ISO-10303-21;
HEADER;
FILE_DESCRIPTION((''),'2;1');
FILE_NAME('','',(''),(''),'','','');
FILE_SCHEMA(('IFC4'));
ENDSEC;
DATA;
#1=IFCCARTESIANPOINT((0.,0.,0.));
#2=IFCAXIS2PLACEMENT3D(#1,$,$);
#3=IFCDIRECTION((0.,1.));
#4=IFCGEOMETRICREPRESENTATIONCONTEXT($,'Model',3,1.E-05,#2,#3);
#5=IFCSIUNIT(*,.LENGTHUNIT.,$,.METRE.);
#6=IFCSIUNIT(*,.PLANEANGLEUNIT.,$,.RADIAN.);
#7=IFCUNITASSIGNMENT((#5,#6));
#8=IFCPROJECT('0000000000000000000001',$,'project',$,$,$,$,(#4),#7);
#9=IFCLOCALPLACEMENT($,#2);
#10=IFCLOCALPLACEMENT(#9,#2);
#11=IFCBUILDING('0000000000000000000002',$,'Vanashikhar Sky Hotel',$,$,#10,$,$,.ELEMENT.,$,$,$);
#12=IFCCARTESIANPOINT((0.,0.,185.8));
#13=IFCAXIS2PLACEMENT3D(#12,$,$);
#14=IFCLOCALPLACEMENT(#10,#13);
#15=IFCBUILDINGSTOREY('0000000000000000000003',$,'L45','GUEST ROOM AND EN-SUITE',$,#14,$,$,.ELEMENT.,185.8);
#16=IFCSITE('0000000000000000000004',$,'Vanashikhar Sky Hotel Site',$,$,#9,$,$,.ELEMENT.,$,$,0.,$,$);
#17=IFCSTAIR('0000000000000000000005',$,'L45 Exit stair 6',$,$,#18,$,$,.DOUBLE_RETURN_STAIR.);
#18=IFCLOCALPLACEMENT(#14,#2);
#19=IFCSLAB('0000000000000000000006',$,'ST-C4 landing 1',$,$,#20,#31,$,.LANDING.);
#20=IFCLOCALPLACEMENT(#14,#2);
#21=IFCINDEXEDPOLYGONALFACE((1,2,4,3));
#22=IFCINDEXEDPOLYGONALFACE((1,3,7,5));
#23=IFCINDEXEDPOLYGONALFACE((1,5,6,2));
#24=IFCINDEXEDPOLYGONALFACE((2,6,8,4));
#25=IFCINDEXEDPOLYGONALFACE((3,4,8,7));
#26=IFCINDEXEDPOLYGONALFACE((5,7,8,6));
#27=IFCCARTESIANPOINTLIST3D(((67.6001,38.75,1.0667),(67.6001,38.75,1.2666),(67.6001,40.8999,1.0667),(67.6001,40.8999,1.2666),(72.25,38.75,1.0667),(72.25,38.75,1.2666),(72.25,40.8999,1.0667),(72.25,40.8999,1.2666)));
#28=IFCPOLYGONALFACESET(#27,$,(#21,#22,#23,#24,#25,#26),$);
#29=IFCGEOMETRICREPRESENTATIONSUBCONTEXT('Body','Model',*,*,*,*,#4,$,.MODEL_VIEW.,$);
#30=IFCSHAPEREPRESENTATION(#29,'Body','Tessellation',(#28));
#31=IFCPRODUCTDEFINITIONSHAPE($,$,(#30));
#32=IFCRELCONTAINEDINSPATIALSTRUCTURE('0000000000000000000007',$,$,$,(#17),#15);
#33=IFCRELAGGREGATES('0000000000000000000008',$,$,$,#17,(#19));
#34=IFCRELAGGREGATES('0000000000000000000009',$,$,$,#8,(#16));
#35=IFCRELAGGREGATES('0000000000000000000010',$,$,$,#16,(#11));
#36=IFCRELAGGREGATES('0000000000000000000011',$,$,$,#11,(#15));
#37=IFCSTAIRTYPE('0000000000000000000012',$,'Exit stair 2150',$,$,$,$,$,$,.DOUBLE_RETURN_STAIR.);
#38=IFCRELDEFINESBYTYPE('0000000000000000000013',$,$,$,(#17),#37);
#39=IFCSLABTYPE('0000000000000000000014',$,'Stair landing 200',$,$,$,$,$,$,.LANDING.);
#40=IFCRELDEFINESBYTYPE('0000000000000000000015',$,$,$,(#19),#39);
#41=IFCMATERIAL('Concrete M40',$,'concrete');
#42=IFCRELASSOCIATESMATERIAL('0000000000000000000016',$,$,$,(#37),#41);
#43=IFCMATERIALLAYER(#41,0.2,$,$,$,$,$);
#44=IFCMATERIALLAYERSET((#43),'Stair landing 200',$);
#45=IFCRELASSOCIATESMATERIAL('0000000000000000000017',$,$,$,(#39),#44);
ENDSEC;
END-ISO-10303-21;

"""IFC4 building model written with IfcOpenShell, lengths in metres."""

from ifc_helpers import new_model, si_unit, direction, frame, origin, place, context, subcontext, project, spatial, polyline, outline, extrude, source, transform, mapped, material, layer, layer_set, type_object, element, aggregate, save


model = new_model("IFC4")

# Units and contexts
model_context = context("Model", 3, precision=1e-05, world=origin(), true_north=direction((0.0, 1.0)))
body_context = subcontext(model_context, "Body", "Model", "MODEL_VIEW")
ifc_project = project(units=[si_unit("LENGTHUNIT", "METRE"), si_unit("PLANEANGLEUNIT", "RADIAN")], contexts=[model_context])

# Site, building, storey
site_placement = place(None, origin())
site = spatial("IfcSite", under=ifc_project, at=site_placement, Name="Vanashikhar Sky Hotel Site", CompositionType="ELEMENT", RefElevation=0.0)
building_placement = place(site_placement, origin())
building = spatial("IfcBuilding", under=site, at=building_placement, Name="Vanashikhar Sky Hotel", CompositionType="ELEMENT")
storey_placement = place(building_placement, frame((0.0, 0.0, 185.8)))
storey = spatial("IfcBuildingStorey", under=building, at=storey_placement, Name="L45", Description="GUEST ROOM AND EN-SUITE", CompositionType="ELEMENT", Elevation=185.8)

# Shared definitions
ifc_material = material(Name="Concrete M40", Category="concrete")

# Shared definitions
stair_type = type_object("IfcStairType", Name="Exit stair 2150", PredefinedType="DOUBLE_RETURN_STAIR", material=ifc_material)
ifc_layer_1 = layer(ifc_material, 0.2)
ifc_layer_set_1 = layer_set([ifc_layer_1], Name="Stair landing 200")
slab_type_1 = type_object("IfcSlabType", Name="Stair landing 200", PredefinedType="LANDING", material=ifc_layer_set_1)

# Stair, slab
stair_1_placement = place(storey_placement, origin())
stair_1 = element("IfcStair", 1, at=stair_1_placement, inside=storey, type_object=stair_type, Name="L45 Exit stair 6", PredefinedType="DOUBLE_RETURN_STAIR")
shared_shape_1 = source(origin(), body_context, "Body", "SweptSolid", [
    extrude(outline(polyline([(72.25, 38.75), (72.25, 40.8999), (67.6001, 40.8999), (67.6001, 38.75), (72.25, 38.75)])), origin(), (0.0, 0.0, 1.0), 0.2),
])
slab_1_placement = place(storey_placement, frame((0.0, 0.0, 1.0667)))
slab_1 = element("IfcSlab", 2, at=slab_1_placement, type_object=slab_type_1, Name="ST-C4 landing 1", PredefinedType="LANDING", context=body_context, shape_type="MappedRepresentation", body=[
    mapped(shared_shape_1, transform((0.0, 0.0, 0.0), scale=1.0)),
])
aggregate(stair_1, [slab_1])

save(model, "model.ifc")
